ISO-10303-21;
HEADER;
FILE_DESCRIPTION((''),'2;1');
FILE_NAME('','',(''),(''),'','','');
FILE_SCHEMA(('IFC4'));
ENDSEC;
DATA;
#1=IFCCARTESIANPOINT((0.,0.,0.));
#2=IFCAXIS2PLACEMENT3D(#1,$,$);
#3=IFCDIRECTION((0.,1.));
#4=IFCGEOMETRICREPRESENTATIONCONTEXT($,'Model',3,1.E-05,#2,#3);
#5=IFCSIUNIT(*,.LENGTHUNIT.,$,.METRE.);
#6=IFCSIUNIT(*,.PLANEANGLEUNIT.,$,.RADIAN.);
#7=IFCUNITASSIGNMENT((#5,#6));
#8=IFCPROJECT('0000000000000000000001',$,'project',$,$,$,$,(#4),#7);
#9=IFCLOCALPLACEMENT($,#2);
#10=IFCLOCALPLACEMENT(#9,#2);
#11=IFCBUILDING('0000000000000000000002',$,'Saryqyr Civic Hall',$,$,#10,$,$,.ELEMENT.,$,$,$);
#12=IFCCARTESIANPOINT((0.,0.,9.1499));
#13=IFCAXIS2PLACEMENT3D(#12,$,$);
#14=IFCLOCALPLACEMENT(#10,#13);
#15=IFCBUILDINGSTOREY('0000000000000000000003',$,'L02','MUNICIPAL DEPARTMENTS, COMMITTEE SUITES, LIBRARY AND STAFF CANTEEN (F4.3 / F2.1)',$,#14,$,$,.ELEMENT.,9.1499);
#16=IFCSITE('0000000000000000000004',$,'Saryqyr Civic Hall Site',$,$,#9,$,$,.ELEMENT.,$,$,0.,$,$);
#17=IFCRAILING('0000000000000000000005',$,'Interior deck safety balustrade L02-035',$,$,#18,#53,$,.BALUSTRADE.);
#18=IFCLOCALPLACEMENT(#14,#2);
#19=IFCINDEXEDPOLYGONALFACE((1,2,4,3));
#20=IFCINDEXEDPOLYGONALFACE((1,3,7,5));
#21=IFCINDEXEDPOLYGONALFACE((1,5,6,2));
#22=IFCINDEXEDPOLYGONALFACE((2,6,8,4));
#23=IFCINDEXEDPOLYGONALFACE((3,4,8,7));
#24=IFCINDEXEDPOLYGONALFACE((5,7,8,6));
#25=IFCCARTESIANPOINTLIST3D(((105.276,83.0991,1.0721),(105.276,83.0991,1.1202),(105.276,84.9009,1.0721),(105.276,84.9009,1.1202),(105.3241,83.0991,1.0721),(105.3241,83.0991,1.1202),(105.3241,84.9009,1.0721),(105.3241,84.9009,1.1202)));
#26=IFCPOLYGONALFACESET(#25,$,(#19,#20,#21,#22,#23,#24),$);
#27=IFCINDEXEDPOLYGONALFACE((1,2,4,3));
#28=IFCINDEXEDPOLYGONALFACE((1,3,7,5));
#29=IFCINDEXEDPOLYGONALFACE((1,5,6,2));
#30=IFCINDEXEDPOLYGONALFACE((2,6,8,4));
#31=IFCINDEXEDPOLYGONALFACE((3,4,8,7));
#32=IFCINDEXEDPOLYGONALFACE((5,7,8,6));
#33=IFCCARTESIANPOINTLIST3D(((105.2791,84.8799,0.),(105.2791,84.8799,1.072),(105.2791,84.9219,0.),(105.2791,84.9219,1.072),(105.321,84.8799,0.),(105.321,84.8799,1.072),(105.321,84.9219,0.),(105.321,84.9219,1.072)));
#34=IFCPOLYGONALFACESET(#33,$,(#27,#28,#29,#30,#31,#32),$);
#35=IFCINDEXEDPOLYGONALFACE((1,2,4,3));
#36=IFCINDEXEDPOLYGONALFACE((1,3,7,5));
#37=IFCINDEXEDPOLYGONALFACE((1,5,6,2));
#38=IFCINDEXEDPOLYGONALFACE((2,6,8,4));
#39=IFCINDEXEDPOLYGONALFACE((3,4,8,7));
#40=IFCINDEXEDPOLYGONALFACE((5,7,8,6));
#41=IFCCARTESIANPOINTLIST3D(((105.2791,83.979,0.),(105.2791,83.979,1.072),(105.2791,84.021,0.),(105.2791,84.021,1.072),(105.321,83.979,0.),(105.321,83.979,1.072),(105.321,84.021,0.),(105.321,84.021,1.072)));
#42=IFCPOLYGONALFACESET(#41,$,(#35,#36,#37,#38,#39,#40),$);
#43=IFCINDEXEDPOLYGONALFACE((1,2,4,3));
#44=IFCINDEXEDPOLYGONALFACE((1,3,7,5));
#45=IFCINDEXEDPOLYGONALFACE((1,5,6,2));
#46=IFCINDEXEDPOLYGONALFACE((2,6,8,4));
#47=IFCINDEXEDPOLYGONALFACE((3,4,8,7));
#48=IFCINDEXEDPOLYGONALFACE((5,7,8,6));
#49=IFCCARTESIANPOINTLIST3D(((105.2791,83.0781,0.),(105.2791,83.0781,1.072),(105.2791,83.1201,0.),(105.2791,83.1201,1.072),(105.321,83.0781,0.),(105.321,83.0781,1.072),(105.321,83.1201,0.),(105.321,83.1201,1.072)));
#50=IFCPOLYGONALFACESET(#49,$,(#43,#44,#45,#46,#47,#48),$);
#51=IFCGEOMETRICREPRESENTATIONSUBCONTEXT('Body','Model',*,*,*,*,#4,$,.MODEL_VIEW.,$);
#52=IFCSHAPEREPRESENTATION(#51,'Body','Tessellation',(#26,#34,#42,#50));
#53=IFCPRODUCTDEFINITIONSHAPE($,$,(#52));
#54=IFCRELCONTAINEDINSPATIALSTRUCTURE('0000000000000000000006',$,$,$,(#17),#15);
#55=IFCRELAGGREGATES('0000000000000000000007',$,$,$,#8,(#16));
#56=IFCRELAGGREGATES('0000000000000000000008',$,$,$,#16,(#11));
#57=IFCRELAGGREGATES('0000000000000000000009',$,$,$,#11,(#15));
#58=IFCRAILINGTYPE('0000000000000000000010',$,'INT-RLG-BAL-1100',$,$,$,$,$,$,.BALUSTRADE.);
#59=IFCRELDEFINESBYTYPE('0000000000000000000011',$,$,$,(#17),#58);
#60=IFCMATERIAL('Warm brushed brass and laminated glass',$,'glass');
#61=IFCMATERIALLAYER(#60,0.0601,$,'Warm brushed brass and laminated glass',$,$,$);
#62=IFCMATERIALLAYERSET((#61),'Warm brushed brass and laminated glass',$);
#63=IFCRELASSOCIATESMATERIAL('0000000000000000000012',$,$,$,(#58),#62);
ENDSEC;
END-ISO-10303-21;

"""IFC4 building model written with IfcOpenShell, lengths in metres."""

from ifc_helpers import new_model, si_unit, direction, frame, origin, origin_2d, place, context, subcontext, project, spatial, rectangle, extrude, material, layer, layer_set, type_object, element, save


model = new_model("IFC4")

# Units and contexts
model_context = context("Model", 3, precision=1e-05, world=origin(), true_north=direction((0.0, 1.0)))
body_context = subcontext(model_context, "Body", "Model", "MODEL_VIEW")
ifc_project = project(units=[si_unit("LENGTHUNIT", "METRE"), si_unit("PLANEANGLEUNIT", "RADIAN")], contexts=[model_context])

# Site, building, storey
site_placement = place(None, origin())
site = spatial("IfcSite", under=ifc_project, at=site_placement, Name="Saryqyr Civic Hall Site", CompositionType="ELEMENT", RefElevation=0.0)
building_placement = place(site_placement, origin())
building = spatial("IfcBuilding", under=site, at=building_placement, Name="Saryqyr Civic Hall", CompositionType="ELEMENT")
storey_placement = place(building_placement, frame((0.0, 0.0, 9.1499)))
storey = spatial("IfcBuildingStorey", under=building, at=storey_placement, Name="L02", Description="MUNICIPAL DEPARTMENTS, COMMITTEE SUITES, LIBRARY AND STAFF CANTEEN (F4.3 / F2.1)", CompositionType="ELEMENT", Elevation=9.1499)

# Railing
ifc_material_1 = material(Name="Warm brushed brass and laminated glass", Category="glass")
ifc_layer_1 = layer(ifc_material_1, 0.0601, Name="Warm brushed brass and laminated glass")
ifc_layer_set_1 = layer_set([ifc_layer_1], Name="Warm brushed brass and laminated glass")
railing_type = type_object("IfcRailingType", Name="INT-RLG-BAL-1100", PredefinedType="BALUSTRADE", material=ifc_layer_set_1)
railing_1_placement = place(storey_placement, frame((105.3, 84.9009, 0.0)))
element("IfcRailing", 1, at=railing_1_placement, inside=storey, type_object=railing_type, Name="Interior deck safety balustrade L02-035", PredefinedType="BALUSTRADE", context=body_context, shape_type="SweptSolid", body=[
    extrude(rectangle(XDim=0.0481, YDim=0.0481, at=origin_2d()), frame((0.0, 0.0, 1.0962), z_axis=(0.0, -1.0, 0.0), x_axis=(1.0, 0.0, 0.0)), (0.0, 0.0, 1.0), 1.8018),
    extrude(rectangle(XDim=0.042, YDim=0.042, at=origin_2d()), origin(), (0.0, 0.0, 1.0), 1.072),
    extrude(rectangle(XDim=0.042, YDim=0.042, at=origin_2d()), frame((0.0, -0.9009, 0.0)), (0.0, 0.0, 1.0), 1.072),
    extrude(rectangle(XDim=0.042, YDim=0.042, at=origin_2d()), frame((0.0, -1.8018, 0.0)), (0.0, 0.0, 1.0), 1.072),
])

save(model, "model.ifc")
